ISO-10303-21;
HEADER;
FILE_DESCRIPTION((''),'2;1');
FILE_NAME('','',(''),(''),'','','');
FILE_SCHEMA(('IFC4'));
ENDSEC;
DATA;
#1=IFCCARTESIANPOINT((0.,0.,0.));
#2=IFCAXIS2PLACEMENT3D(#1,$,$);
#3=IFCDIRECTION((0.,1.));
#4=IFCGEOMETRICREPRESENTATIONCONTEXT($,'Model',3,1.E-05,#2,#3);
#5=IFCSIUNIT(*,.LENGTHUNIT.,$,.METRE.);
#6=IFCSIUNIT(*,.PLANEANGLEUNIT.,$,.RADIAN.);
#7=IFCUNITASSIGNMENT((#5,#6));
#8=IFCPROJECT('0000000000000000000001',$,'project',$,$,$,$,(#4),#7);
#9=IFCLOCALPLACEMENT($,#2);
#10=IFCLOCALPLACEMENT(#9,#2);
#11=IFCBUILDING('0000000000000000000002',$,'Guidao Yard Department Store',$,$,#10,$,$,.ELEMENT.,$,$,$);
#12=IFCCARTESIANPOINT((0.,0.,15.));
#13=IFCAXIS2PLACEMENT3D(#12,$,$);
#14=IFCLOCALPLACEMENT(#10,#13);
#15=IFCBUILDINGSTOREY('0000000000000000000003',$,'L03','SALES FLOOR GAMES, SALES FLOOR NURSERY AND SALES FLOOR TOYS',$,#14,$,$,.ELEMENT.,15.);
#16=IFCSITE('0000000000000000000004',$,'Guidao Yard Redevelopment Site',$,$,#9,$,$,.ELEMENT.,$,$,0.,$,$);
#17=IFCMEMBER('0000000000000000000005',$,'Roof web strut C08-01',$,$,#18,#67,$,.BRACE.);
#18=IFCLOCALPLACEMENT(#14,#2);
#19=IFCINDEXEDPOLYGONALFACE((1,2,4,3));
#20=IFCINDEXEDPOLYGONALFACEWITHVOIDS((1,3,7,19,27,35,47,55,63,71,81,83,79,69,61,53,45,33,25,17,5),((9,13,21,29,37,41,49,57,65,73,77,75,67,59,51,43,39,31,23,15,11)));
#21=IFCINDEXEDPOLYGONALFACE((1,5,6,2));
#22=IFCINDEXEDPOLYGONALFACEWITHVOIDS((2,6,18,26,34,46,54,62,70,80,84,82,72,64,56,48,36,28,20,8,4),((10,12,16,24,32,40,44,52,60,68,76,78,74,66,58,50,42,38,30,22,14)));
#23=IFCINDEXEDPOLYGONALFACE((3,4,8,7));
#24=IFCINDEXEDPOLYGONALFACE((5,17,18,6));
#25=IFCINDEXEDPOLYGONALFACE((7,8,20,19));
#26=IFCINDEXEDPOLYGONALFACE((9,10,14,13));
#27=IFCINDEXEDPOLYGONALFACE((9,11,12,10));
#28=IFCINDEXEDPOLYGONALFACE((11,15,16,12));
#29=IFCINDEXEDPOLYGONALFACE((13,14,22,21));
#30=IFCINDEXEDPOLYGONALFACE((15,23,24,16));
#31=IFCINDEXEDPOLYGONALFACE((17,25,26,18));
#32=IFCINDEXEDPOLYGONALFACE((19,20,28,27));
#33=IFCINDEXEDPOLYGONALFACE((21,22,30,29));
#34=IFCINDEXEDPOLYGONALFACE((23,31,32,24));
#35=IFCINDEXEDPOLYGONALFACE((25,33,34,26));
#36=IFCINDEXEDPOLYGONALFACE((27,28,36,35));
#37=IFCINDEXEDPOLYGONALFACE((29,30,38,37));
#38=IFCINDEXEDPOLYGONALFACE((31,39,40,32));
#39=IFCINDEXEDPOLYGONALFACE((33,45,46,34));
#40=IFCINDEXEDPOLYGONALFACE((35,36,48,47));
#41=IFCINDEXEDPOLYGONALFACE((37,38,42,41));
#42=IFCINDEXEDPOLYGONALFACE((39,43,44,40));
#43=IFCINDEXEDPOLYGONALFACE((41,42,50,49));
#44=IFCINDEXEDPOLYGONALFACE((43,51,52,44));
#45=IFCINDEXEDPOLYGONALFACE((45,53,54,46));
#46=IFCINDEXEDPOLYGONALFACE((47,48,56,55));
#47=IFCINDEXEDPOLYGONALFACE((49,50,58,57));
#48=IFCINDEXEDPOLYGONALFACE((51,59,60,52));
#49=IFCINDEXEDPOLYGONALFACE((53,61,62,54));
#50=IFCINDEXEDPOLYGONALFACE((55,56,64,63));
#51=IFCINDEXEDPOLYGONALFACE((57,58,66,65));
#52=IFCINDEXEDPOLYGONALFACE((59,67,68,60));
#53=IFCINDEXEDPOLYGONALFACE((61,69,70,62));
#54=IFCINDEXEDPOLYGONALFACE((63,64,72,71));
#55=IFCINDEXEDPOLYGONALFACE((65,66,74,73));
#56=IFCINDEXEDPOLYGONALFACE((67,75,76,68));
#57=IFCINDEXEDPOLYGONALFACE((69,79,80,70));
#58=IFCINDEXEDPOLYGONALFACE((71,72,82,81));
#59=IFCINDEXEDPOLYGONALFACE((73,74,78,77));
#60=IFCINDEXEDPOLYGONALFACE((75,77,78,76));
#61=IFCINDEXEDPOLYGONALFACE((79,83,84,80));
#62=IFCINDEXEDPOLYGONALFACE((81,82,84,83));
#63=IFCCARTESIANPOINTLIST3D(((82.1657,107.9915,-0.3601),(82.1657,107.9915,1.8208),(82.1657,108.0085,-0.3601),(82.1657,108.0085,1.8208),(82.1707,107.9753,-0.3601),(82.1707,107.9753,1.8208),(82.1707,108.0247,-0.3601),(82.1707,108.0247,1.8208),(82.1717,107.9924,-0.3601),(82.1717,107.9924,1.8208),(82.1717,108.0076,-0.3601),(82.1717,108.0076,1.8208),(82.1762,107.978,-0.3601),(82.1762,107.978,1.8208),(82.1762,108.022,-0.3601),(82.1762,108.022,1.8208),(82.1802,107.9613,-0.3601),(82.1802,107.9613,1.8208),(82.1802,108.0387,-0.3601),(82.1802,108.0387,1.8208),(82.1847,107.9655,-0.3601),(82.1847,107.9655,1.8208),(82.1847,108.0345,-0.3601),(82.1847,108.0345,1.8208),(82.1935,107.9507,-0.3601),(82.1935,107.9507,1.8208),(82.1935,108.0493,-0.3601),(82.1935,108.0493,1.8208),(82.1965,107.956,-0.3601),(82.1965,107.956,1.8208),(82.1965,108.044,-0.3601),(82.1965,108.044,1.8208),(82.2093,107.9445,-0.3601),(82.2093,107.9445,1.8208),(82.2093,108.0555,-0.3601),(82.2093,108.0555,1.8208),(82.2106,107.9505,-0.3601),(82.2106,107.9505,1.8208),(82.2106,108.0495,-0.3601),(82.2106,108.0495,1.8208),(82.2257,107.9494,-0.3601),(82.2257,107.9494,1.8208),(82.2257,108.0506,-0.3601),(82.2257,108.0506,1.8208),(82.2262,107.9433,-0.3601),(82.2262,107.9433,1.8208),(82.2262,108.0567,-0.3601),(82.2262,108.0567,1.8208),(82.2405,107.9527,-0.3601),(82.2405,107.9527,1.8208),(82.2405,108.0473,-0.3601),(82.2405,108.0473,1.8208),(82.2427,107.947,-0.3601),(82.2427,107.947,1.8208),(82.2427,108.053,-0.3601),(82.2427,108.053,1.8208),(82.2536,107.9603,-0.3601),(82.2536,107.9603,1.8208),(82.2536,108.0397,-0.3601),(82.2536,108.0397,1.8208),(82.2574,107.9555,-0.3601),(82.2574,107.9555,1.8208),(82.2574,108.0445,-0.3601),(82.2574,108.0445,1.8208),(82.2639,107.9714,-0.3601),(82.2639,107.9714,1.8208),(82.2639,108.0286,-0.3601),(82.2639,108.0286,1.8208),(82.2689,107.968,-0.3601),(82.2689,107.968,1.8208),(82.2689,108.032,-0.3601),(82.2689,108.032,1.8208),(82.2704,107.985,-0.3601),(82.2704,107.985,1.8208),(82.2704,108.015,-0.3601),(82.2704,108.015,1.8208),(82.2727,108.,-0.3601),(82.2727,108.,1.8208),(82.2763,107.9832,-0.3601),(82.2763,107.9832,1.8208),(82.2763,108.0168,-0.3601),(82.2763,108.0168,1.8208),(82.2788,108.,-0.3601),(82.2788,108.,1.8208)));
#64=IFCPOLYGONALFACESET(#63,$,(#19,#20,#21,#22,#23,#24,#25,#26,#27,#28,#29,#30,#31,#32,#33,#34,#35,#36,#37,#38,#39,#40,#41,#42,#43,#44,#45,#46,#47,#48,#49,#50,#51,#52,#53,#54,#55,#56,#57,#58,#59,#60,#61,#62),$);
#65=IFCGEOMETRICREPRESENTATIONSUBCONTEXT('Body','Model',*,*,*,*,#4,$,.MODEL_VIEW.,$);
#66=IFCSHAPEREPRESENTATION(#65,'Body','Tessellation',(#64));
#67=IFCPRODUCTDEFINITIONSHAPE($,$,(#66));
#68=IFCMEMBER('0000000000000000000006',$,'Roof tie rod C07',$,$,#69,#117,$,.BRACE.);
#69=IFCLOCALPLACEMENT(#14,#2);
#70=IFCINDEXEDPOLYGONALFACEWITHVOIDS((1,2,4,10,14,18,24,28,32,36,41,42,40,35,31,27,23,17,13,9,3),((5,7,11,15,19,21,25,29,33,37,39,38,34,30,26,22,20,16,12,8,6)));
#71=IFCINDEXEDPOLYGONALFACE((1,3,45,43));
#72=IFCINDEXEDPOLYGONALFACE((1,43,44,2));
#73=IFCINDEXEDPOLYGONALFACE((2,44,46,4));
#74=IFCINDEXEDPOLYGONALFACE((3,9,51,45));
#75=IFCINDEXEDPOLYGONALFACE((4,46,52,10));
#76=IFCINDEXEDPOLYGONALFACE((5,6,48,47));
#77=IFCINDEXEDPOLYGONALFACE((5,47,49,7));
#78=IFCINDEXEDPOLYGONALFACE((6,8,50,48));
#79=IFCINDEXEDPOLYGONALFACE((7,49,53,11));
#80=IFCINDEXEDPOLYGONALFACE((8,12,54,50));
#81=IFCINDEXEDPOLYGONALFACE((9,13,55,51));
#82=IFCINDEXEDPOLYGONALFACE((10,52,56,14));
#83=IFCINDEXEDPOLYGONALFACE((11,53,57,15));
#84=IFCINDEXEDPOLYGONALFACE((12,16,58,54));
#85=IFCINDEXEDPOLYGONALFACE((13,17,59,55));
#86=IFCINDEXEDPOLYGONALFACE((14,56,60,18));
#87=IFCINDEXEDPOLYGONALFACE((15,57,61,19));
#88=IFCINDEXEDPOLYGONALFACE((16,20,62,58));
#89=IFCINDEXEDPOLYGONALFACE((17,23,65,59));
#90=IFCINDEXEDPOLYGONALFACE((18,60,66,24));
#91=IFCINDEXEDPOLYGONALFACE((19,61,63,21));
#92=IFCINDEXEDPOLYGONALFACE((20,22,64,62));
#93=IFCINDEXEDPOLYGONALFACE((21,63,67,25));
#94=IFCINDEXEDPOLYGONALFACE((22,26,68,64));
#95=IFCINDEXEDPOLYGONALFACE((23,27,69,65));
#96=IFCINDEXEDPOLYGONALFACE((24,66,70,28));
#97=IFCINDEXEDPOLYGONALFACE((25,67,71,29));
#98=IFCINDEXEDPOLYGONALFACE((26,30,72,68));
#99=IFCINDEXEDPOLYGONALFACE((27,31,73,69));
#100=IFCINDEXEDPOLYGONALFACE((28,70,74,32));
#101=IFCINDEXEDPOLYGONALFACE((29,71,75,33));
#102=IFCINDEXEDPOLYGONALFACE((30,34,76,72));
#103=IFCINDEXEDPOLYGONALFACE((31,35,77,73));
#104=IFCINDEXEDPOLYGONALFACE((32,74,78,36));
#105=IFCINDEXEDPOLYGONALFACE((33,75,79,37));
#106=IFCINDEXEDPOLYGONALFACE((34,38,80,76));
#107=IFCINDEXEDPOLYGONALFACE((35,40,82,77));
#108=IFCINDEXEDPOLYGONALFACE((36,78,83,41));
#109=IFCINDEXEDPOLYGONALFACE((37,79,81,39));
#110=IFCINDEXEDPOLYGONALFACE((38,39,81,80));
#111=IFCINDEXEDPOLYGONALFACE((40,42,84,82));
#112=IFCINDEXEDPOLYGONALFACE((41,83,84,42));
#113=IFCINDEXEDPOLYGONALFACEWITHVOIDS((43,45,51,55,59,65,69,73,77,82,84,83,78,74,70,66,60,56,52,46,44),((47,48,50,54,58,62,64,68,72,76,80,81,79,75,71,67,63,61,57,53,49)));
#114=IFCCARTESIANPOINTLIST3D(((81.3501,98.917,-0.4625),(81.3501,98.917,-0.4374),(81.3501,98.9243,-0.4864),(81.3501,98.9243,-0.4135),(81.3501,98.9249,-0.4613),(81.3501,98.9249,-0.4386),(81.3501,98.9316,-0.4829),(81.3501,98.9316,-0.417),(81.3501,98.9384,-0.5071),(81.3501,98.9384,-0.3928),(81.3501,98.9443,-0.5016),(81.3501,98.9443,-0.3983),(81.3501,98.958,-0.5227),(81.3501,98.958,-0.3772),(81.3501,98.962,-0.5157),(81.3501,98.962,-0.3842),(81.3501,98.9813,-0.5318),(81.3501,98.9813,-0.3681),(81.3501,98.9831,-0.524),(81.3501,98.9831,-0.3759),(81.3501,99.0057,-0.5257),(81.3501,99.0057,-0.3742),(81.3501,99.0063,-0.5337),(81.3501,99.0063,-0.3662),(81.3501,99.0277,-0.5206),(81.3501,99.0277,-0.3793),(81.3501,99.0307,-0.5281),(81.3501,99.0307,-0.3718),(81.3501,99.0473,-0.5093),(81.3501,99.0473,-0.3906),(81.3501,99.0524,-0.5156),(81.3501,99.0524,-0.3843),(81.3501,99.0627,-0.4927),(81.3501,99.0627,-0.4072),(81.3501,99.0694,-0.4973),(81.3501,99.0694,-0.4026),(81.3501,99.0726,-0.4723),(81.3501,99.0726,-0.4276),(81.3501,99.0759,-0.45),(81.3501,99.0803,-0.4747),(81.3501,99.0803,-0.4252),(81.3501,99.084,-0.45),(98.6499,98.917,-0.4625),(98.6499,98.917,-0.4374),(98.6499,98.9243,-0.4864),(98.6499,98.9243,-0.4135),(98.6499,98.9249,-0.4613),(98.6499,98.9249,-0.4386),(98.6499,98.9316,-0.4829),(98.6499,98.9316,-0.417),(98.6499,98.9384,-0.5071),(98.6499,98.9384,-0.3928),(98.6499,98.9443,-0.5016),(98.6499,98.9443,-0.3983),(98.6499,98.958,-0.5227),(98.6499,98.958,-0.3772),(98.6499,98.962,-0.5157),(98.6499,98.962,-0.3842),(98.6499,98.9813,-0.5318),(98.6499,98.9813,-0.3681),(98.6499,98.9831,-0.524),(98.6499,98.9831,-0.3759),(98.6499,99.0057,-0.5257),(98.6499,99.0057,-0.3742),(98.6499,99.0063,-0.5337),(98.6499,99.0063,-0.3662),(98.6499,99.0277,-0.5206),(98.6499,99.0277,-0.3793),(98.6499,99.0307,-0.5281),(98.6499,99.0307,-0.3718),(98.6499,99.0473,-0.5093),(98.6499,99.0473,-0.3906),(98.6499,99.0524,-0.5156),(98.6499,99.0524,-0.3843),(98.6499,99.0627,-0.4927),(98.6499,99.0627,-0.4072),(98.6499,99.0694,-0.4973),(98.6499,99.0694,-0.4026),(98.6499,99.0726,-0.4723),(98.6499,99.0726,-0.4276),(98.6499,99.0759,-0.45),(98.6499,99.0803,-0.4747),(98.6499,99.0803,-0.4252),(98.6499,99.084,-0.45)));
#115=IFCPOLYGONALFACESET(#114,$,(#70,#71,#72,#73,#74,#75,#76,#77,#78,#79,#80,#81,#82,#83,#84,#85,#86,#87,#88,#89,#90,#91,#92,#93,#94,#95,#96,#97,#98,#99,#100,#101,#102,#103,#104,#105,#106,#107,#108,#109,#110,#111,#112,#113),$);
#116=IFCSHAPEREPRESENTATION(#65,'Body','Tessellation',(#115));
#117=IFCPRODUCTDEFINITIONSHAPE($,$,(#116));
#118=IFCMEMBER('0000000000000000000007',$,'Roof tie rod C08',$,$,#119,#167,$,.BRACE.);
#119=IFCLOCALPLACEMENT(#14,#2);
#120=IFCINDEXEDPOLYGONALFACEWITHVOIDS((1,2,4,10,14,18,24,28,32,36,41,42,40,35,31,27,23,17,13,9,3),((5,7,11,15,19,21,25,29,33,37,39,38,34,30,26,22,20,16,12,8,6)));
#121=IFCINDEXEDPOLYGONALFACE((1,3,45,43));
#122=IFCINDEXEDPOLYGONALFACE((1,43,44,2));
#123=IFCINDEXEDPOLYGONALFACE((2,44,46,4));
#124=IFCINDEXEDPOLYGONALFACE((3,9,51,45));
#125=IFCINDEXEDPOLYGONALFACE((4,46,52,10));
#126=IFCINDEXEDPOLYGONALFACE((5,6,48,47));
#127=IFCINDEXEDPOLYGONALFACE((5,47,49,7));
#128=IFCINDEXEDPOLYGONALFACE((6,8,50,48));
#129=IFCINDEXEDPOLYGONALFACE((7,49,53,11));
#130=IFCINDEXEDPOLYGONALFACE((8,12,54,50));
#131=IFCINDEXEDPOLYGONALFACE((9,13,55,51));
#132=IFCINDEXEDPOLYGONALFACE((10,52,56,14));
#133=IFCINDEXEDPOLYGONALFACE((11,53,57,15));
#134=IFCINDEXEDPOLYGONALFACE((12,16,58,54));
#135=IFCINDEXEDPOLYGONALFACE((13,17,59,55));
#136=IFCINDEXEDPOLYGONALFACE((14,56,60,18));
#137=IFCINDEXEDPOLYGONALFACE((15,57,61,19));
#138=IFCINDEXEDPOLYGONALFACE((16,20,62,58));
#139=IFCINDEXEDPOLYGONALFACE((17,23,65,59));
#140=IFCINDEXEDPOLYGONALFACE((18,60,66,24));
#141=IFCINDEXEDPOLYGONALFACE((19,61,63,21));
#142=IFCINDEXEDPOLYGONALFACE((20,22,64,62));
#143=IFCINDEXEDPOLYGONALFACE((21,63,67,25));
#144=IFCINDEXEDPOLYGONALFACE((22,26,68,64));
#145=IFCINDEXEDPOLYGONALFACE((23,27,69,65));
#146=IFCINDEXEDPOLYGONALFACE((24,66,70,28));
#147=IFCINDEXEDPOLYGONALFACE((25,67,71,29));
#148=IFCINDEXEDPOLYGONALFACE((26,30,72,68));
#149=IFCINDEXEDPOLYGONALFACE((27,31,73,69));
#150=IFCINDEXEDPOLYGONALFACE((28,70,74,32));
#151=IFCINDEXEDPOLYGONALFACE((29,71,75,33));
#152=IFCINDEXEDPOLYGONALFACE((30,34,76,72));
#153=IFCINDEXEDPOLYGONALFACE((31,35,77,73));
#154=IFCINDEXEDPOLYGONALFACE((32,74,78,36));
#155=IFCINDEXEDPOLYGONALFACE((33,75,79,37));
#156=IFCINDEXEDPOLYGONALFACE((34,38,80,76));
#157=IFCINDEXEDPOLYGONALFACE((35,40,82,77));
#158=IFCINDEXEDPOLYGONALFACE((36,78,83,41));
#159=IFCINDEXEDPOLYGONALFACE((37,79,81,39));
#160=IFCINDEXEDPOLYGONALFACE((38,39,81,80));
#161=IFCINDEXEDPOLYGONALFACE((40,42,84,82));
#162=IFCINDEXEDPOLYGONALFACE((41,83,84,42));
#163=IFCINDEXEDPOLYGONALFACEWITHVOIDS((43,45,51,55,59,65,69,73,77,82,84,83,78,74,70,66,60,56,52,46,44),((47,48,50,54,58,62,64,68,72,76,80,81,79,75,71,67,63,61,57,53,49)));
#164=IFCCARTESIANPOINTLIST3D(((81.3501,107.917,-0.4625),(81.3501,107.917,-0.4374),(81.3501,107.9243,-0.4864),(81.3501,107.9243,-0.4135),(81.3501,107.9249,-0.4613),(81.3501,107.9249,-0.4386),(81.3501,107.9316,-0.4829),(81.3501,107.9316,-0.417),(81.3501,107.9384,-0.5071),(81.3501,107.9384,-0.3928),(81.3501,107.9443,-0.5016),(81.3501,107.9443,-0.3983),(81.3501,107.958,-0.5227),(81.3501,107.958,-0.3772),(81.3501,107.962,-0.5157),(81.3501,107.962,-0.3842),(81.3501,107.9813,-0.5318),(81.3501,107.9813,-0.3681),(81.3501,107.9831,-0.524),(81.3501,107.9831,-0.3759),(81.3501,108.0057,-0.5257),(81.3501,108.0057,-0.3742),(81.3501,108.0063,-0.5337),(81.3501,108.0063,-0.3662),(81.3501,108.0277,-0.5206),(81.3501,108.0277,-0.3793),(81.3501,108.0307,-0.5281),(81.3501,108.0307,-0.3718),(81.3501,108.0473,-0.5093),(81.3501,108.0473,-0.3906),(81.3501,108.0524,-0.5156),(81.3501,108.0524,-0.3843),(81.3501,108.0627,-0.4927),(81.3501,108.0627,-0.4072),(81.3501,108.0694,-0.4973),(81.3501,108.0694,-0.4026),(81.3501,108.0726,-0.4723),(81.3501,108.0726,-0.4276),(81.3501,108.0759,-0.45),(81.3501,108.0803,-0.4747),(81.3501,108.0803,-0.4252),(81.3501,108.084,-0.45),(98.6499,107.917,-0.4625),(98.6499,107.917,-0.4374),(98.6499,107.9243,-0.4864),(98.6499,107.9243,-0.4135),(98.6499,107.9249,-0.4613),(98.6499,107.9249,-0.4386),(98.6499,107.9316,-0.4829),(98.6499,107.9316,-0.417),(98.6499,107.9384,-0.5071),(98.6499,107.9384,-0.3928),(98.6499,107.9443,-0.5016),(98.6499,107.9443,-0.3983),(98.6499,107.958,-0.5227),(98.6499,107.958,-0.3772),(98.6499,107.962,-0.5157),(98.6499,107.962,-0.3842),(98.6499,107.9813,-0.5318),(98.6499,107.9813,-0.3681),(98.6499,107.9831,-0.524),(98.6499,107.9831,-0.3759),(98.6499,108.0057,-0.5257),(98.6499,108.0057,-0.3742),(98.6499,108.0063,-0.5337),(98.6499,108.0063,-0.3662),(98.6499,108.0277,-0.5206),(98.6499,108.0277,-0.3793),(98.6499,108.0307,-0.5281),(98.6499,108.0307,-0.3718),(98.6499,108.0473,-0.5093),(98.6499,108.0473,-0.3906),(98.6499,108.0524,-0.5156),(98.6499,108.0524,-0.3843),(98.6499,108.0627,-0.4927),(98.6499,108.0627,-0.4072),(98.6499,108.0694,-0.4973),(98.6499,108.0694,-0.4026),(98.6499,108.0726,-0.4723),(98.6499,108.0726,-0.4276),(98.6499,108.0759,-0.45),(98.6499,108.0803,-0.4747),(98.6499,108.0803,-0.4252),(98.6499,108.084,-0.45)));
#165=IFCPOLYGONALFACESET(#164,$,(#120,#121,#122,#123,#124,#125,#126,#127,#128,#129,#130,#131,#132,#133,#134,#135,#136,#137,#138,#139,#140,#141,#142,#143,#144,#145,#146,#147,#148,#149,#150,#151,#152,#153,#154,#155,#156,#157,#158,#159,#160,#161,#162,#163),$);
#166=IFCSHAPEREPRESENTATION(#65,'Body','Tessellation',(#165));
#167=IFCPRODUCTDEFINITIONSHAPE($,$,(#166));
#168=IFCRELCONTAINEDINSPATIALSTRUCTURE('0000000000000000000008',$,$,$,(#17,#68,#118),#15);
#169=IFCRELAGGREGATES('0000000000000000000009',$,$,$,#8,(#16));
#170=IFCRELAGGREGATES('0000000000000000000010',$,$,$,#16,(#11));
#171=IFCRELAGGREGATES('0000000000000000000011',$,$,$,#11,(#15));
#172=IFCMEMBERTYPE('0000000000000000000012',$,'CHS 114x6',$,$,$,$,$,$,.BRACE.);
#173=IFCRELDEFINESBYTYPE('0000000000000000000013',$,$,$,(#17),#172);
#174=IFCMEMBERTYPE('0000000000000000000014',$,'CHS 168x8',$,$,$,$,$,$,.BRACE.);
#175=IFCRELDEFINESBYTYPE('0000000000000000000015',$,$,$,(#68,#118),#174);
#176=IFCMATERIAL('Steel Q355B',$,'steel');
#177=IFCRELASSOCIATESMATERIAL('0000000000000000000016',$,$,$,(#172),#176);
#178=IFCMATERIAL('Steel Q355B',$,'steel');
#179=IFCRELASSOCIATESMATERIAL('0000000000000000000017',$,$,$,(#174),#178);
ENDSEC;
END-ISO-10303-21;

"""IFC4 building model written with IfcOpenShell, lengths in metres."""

from ifc_helpers import new_model, si_unit, direction, frame, origin, origin_2d, place, context, subcontext, project, spatial, hollow_circle, extrude, material, material_profile, profile_set, type_object, element, save


model = new_model("IFC4")

# Units and contexts
model_context = context("Model", 3, precision=1e-05, world=origin(), true_north=direction((0.0, 1.0)))
body_context = subcontext(model_context, "Body", "Model", "MODEL_VIEW")
ifc_project = project(units=[si_unit("LENGTHUNIT", "METRE"), si_unit("PLANEANGLEUNIT", "RADIAN")], contexts=[model_context])

# Site, building, storey
site_placement = place(None, origin())
site = spatial("IfcSite", under=ifc_project, at=site_placement, Name="Guidao Yard Redevelopment Site", CompositionType="ELEMENT", RefElevation=0.0)
building_placement = place(site_placement, origin())
building = spatial("IfcBuilding", under=site, at=building_placement, Name="Guidao Yard Department Store", CompositionType="ELEMENT")
storey_placement = place(building_placement, frame((0.0, 0.0, 15.0)))
storey = spatial("IfcBuildingStorey", under=building, at=storey_placement, Name="L03", Description="SALES FLOOR GAMES, SALES FLOOR NURSERY AND SALES FLOOR TOYS", CompositionType="ELEMENT", Elevation=15.0)

# Members
ifc_material_1 = material(Name="Steel Q355B", Category="steel")
ifc_material_profile_1 = material_profile(ifc_material_1, hollow_circle(Radius=0.0569, WallThickness=0.0061, at=origin_2d()), Name="CHS 114x6")
ifc_profile_set_1 = profile_set([ifc_material_profile_1], Name="Steel Q355B")
member_type_1 = type_object("IfcMemberType", Name="CHS 114x6", PredefinedType="BRACE", material=ifc_profile_set_1)
member_1_placement = place(storey_placement, frame((82.2219, 108.0, -0.3601), z_axis=(0.0, 0.0, 1.0), x_axis=(1.0, 0.0, 0.0)))
element("IfcMember", 1, at=member_1_placement, inside=storey, type_object=member_type_1, Name="Roof web strut C08-01", PredefinedType="BRACE", context=body_context, shape_type="SweptSolid", body=[
    extrude(hollow_circle(Radius=0.0569, WallThickness=0.0061, at=origin_2d()), origin(), (0.0, 0.0, 1.0), 2.1809),
])
ifc_material_2 = material(Name="Steel Q355B", Category="steel")
ifc_material_profile_2 = material_profile(ifc_material_2, hollow_circle(Radius=0.084, WallThickness=0.0081, at=origin_2d()), Name="CHS 168x8")
ifc_profile_set_2 = profile_set([ifc_material_profile_2], Name="Steel Q355B")
member_type_2 = type_object("IfcMemberType", Name="CHS 168x8", PredefinedType="BRACE", material=ifc_profile_set_2)
for number, where, z_axis, x_axis, name in (
    (2, (81.3501, 99.0, -0.45), (1.0, 0.0, 0.0), (0.0, 1.0, 0.0), "Roof tie rod C07"),
    (3, (81.3501, 108.0, -0.45), (1.0, 0.0, 0.0), (0.0, 1.0, 0.0), "Roof tie rod C08"),
):
    element("IfcMember", number, at=place(storey_placement, frame(where, z_axis=z_axis, x_axis=x_axis)), inside=storey, type_object=member_type_2, Name=name, PredefinedType="BRACE", context=body_context, shape_type="SweptSolid", body=[
        extrude(hollow_circle(Radius=0.084, WallThickness=0.0081, at=origin_2d()), origin(), (0.0, 0.0, 1.0), 17.2998),
    ])

save(model, "model.ifc")
